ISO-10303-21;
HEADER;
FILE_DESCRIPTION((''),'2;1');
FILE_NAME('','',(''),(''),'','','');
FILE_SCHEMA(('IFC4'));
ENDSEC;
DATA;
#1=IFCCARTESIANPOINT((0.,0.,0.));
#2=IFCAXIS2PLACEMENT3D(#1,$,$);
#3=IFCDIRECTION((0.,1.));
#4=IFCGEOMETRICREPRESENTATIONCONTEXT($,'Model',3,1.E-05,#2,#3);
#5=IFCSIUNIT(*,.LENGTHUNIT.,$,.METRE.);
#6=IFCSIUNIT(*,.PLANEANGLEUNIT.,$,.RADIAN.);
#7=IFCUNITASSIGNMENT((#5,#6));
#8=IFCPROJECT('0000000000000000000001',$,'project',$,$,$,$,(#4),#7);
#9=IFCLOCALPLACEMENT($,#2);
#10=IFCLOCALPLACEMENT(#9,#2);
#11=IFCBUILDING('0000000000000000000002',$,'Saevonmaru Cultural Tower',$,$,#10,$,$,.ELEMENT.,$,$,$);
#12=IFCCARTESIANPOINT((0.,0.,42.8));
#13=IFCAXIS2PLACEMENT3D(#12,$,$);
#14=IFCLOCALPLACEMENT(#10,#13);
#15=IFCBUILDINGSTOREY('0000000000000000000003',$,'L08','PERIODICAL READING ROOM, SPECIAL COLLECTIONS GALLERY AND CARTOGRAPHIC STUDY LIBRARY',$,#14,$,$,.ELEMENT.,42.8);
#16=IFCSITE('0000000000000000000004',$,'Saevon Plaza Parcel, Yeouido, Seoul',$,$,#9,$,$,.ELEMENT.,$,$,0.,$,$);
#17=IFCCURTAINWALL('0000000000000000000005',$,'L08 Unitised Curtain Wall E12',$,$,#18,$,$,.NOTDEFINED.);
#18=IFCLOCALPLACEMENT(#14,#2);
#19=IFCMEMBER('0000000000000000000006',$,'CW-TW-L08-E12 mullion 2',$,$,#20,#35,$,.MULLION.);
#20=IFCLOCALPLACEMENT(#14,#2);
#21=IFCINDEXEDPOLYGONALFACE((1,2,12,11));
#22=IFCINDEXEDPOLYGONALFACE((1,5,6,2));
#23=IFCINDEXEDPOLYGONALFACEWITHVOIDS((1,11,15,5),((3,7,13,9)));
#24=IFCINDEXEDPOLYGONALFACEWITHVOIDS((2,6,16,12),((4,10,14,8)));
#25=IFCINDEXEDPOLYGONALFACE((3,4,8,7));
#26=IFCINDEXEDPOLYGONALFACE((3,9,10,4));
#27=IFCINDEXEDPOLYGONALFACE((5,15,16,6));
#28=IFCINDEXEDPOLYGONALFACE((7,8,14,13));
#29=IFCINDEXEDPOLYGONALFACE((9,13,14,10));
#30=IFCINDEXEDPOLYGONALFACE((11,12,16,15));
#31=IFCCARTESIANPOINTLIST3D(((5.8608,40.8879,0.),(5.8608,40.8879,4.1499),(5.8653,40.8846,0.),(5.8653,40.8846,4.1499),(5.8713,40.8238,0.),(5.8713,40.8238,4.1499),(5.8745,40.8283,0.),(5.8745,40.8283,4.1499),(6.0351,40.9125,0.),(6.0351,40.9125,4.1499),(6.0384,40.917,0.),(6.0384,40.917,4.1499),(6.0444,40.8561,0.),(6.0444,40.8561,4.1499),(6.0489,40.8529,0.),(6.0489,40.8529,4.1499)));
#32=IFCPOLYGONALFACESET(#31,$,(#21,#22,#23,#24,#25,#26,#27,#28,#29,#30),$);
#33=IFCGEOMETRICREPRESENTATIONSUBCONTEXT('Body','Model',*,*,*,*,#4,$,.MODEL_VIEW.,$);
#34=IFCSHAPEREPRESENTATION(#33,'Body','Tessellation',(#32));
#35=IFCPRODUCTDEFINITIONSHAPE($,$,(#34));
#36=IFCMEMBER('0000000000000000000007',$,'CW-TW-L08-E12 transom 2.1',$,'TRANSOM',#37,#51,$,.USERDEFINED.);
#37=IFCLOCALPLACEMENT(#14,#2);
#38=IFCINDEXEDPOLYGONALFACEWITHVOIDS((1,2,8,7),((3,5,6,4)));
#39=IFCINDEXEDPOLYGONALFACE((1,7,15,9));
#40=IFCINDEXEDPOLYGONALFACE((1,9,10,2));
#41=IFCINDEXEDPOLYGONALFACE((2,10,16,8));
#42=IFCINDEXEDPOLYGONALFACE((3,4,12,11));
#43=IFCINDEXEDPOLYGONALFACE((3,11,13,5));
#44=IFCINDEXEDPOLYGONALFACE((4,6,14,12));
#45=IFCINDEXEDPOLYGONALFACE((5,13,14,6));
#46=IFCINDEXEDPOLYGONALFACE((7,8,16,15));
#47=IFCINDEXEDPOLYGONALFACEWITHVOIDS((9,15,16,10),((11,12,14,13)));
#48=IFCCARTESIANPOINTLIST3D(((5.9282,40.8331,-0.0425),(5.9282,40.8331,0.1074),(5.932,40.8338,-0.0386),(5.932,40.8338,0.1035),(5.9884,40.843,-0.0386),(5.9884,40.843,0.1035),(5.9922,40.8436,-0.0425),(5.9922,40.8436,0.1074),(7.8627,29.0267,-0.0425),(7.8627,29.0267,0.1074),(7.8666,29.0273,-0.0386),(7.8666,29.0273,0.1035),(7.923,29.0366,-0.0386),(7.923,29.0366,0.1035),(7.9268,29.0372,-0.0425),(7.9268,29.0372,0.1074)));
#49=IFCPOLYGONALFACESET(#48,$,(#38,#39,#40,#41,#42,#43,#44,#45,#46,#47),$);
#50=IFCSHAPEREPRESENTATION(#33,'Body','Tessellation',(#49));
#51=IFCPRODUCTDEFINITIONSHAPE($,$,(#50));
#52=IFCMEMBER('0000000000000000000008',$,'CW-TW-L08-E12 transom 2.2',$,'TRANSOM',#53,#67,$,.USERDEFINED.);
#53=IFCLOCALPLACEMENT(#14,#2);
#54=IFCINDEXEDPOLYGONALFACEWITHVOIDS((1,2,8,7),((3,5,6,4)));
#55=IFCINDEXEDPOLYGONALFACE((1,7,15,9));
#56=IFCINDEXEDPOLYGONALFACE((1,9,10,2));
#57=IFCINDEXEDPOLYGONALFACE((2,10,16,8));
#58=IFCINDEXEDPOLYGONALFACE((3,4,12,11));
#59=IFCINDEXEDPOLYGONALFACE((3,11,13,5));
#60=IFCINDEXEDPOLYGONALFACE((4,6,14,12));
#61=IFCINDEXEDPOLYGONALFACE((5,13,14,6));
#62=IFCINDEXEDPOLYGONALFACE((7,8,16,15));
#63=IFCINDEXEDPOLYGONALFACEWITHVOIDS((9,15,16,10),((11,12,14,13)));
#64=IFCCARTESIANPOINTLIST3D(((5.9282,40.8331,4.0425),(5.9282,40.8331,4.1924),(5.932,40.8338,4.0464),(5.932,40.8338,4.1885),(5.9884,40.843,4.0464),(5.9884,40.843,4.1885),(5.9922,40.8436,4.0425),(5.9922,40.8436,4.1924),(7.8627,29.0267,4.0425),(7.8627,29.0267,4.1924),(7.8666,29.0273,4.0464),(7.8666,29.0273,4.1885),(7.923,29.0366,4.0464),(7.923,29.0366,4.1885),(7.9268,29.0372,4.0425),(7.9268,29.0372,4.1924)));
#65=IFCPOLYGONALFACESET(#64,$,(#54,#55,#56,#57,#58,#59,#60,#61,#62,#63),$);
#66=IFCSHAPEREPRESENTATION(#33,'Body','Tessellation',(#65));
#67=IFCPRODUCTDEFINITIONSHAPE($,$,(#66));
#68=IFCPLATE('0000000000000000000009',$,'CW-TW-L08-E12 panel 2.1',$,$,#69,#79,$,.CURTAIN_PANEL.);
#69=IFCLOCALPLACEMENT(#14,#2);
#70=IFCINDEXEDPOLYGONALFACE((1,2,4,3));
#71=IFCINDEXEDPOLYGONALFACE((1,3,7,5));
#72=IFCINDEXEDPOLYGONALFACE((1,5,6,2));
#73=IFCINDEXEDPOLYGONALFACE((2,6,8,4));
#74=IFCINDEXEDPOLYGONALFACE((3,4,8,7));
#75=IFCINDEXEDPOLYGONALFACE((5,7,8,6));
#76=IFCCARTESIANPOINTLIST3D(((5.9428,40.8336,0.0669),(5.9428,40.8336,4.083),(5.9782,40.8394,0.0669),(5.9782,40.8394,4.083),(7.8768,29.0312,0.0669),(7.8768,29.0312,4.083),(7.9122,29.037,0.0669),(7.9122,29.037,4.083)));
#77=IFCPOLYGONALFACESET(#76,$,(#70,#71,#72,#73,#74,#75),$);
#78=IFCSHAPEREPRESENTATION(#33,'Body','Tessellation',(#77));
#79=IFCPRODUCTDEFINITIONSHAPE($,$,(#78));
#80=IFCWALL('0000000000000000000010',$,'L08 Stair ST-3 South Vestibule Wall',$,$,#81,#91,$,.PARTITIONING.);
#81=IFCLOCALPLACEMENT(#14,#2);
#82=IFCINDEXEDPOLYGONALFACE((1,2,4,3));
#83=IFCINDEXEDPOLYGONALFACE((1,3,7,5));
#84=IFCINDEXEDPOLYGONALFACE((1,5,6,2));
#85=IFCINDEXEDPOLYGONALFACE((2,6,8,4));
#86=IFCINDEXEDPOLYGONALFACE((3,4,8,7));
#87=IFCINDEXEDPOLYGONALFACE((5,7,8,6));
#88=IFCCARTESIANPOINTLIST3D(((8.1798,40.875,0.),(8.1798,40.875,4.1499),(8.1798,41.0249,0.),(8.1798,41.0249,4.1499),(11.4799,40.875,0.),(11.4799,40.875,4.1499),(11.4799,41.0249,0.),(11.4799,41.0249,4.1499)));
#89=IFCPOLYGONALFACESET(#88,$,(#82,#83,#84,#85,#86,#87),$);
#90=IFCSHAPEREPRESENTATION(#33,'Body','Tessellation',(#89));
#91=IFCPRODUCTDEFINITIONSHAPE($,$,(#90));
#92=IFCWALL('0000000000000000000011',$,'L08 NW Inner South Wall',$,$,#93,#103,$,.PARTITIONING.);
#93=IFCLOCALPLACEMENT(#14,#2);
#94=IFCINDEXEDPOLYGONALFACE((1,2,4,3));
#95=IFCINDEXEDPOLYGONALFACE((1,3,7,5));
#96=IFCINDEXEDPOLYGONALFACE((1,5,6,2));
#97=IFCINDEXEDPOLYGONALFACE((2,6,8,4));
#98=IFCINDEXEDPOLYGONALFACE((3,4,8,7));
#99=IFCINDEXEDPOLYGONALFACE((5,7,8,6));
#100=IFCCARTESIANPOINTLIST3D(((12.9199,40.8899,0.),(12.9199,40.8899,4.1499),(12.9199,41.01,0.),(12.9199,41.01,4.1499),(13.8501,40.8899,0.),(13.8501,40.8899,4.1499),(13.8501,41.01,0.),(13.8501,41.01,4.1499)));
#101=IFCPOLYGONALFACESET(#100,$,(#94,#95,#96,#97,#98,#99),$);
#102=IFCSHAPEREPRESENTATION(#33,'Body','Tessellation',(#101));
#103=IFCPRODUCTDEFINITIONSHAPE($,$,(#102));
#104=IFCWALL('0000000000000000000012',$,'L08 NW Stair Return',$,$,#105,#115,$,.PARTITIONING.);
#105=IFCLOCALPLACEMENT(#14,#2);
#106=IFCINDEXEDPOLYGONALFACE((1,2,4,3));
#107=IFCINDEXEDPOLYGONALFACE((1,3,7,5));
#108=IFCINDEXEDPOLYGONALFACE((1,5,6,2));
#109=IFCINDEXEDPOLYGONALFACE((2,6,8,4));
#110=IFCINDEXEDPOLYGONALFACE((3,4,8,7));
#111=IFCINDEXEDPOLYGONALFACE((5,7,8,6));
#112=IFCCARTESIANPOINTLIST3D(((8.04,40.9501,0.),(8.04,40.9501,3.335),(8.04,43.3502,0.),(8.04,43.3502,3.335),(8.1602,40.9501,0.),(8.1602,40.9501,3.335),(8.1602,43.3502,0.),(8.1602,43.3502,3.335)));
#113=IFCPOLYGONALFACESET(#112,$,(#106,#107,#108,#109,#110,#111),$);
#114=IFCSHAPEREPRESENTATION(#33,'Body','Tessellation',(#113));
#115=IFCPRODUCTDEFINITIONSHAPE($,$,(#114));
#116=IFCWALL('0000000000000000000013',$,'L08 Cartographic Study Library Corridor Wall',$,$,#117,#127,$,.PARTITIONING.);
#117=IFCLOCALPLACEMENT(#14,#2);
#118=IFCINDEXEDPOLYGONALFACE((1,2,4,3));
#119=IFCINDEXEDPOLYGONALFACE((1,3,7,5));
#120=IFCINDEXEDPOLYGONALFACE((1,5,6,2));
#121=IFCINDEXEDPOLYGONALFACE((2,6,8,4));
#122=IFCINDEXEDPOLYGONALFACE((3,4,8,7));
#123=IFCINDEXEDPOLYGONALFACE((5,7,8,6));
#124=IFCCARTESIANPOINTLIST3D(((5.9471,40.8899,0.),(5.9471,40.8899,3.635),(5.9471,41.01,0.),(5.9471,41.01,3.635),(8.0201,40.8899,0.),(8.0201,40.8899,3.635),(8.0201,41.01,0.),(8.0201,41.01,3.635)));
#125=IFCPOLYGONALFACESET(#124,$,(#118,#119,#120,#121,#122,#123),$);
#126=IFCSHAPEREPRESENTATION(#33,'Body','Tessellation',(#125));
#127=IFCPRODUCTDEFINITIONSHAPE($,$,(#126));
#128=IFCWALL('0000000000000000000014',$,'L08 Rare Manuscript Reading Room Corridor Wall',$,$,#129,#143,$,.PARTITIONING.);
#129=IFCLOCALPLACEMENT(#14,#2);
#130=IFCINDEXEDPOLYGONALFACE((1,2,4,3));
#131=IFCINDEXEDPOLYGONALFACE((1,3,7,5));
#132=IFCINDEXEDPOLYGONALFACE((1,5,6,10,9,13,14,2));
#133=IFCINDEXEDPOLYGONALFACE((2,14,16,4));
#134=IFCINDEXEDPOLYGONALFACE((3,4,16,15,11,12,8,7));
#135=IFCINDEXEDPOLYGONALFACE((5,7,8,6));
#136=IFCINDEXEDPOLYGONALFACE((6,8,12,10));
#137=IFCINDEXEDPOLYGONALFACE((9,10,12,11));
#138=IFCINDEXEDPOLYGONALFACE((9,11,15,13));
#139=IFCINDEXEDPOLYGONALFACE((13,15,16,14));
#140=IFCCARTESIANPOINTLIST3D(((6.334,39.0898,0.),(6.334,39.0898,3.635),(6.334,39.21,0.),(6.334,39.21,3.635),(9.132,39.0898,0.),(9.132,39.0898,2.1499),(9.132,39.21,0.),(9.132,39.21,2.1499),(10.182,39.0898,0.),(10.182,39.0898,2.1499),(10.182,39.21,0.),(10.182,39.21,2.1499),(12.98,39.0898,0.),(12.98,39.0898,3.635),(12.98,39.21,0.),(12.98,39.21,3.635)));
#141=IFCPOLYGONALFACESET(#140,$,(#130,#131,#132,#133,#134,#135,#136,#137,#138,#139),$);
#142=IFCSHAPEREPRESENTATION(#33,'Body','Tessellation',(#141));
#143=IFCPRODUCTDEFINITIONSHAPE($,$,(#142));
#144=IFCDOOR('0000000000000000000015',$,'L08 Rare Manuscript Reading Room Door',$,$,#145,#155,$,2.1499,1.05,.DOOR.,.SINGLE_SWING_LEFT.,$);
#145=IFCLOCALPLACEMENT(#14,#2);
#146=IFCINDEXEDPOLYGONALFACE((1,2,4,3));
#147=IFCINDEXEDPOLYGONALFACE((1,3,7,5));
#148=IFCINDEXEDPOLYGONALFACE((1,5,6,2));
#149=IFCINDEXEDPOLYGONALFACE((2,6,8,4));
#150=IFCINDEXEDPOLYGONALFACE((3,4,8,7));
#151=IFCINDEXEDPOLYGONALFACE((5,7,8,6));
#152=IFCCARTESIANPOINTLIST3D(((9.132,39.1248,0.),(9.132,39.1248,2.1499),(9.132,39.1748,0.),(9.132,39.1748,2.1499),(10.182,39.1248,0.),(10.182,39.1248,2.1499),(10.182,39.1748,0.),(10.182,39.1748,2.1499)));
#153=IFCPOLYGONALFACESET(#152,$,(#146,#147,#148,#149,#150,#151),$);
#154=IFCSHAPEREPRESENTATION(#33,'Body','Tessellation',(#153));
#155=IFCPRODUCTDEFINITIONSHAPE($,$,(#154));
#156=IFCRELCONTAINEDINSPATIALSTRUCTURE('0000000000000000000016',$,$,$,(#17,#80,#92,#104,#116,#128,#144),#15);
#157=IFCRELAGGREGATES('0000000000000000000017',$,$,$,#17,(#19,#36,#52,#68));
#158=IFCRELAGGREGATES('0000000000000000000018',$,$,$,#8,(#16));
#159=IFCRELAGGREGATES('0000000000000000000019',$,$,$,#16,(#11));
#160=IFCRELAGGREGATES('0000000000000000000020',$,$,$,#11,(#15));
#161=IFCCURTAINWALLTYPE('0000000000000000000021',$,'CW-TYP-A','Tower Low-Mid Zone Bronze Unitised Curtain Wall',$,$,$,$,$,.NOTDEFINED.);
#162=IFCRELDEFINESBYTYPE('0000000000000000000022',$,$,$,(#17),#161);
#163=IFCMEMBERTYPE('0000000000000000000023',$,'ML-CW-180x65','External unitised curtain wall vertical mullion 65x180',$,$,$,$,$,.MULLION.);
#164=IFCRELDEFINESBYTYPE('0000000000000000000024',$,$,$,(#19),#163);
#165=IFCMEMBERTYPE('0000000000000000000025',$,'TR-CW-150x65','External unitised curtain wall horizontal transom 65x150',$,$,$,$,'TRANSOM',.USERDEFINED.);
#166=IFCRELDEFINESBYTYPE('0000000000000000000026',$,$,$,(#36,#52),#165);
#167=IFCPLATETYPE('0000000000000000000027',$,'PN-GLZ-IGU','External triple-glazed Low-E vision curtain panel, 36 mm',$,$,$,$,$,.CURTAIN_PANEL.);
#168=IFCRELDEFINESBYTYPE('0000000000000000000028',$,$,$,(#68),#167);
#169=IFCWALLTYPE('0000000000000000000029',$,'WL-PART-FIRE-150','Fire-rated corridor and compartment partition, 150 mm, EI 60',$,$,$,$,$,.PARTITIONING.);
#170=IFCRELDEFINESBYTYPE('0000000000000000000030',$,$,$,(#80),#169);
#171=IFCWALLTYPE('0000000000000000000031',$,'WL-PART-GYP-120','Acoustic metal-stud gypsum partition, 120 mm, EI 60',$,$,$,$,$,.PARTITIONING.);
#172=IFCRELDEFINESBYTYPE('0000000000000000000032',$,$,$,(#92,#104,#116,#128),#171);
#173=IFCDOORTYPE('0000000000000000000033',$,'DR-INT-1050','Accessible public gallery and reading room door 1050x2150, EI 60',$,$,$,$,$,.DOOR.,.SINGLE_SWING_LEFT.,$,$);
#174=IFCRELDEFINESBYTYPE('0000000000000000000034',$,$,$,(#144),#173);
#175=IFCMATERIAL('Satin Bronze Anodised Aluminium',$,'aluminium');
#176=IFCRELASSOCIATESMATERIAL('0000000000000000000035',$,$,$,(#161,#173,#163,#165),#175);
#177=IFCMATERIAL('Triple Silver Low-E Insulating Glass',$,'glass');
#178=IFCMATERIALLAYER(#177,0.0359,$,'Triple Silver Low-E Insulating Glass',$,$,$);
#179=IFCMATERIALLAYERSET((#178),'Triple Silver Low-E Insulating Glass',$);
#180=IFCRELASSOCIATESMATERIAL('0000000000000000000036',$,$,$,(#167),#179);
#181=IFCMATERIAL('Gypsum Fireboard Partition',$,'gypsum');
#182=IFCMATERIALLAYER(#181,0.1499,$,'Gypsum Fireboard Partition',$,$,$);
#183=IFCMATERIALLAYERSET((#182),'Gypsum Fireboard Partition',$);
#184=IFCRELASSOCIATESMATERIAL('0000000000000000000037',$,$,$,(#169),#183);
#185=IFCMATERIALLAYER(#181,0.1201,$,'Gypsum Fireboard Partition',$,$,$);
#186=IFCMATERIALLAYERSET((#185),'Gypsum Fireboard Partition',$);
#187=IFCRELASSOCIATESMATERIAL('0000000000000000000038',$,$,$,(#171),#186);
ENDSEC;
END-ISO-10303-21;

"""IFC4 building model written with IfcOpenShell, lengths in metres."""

from ifc_helpers import new_model, si_unit, direction, frame, frame_2d, origin, origin_2d, place, context, subcontext, project, spatial, rectangle, hollow_rectangle, extrude, material, layer, layer_set, material_profile, profile_set, type_object, element, fill, aggregate, save


model = new_model("IFC4")

# Units and contexts
model_context = context("Model", 3, precision=1e-05, world=origin(), true_north=direction((0.0, 1.0)))
body_context = subcontext(model_context, "Body", "Model", "MODEL_VIEW")
ifc_project = project(units=[si_unit("LENGTHUNIT", "METRE"), si_unit("PLANEANGLEUNIT", "RADIAN")], contexts=[model_context])

# Site, building, storey
site_placement = place(None, origin())
site = spatial("IfcSite", under=ifc_project, at=site_placement, Name="Saevon Plaza Parcel, Yeouido, Seoul", CompositionType="ELEMENT", RefElevation=0.0)
building_placement = place(site_placement, origin())
building = spatial("IfcBuilding", under=site, at=building_placement, Name="Saevonmaru Cultural Tower", CompositionType="ELEMENT")
storey_placement = place(building_placement, frame((0.0, 0.0, 42.8)))
storey = spatial("IfcBuildingStorey", under=building, at=storey_placement, Name="L08", Description="PERIODICAL READING ROOM, SPECIAL COLLECTIONS GALLERY AND CARTOGRAPHIC STUDY LIBRARY", CompositionType="ELEMENT", Elevation=42.8)

# Curtain wall, members, plate
ifc_material_1 = material(Name="Satin Bronze Anodised Aluminium", Category="aluminium")
curtain_wall_type = type_object("IfcCurtainWallType", Name="CW-TYP-A", Description="Tower Low-Mid Zone Bronze Unitised Curtain Wall", PredefinedType="NOTDEFINED", material=ifc_material_1)
curtain_wall_placement = place(storey_placement, origin())
curtain_wall = element("IfcCurtainWall", 1, at=curtain_wall_placement, inside=storey, type_object=curtain_wall_type, Name="L08 Unitised Curtain Wall E12", PredefinedType="NOTDEFINED")
ifc_material_profile_1 = material_profile(ifc_material_1, hollow_rectangle(XDim=0.0649, YDim=0.1799, WallThickness=0.0039, at=origin_2d()), Name="ALU-MULL-180x65x4")
ifc_profile_set_1 = profile_set([ifc_material_profile_1], Name="Satin Bronze Anodised Aluminium")
member_type_1 = type_object("IfcMemberType", Name="ML-CW-180x65", Description="External unitised curtain wall vertical mullion 65x180", PredefinedType="MULLION", material=ifc_profile_set_1)
member_1_placement = place(storey_placement, frame((5.9548, 40.8704, 0.0), z_axis=(0.0, 0.0, 1.0), x_axis=(0.161709, -0.986839, 0.0)))
member_1 = element("IfcMember", 2, at=member_1_placement, type_object=member_type_1, Name="CW-TW-L08-E12 mullion 2", PredefinedType="MULLION", context=body_context, shape_type="SweptSolid", body=[
    extrude(hollow_rectangle(XDim=0.0649, YDim=0.1799, WallThickness=0.0039, at=origin_2d()), origin(), (0.0, 0.0, 1.0), 4.1499),
])
ifc_material_profile_2 = material_profile(ifc_material_1, hollow_rectangle(XDim=0.0649, YDim=0.1499, WallThickness=0.0039, at=origin_2d()), Name="ALU-TRAN-150x65x4")
ifc_profile_set_2 = profile_set([ifc_material_profile_2], Name="Satin Bronze Anodised Aluminium")
member_type_2 = type_object("IfcMemberType", Name="TR-CW-150x65", Description="External unitised curtain wall horizontal transom 65x150", ElementType="TRANSOM", PredefinedType="USERDEFINED", material=ifc_profile_set_2)
member_2_placement = place(storey_placement, frame((5.9602, 40.8384, 0.0325), z_axis=(0.161701, -0.98684, 0.0), x_axis=(0.98684, 0.161701, 0.0)))
member_2 = element("IfcMember", 3, at=member_2_placement, type_object=member_type_2, Name="CW-TW-L08-E12 transom 2.1", ObjectType="TRANSOM", PredefinedType="USERDEFINED", context=body_context, shape_type="SweptSolid", body=[
    extrude(hollow_rectangle(XDim=0.0649, YDim=0.1499, WallThickness=0.0039, at=origin_2d()), origin(), (0.0, 0.0, 1.0), 11.9639),
])
member_3_placement = place(storey_placement, frame((5.9602, 40.8384, 4.1174), z_axis=(0.161701, -0.98684, 0.0), x_axis=(0.98684, 0.161701, 0.0)))
member_3 = element("IfcMember", 4, at=member_3_placement, type_object=member_type_2, Name="CW-TW-L08-E12 transom 2.2", ObjectType="TRANSOM", PredefinedType="USERDEFINED", context=body_context, shape_type="SweptSolid", body=[
    extrude(hollow_rectangle(XDim=0.0649, YDim=0.1499, WallThickness=0.0039, at=origin_2d()), origin(), (0.0, 0.0, 1.0), 11.9639),
])
ifc_material_2 = material(Name="Triple Silver Low-E Insulating Glass", Category="glass")
ifc_layer_1 = layer(ifc_material_2, 0.0359, Name="Triple Silver Low-E Insulating Glass")
ifc_layer_set_1 = layer_set([ifc_layer_1], Name="Triple Silver Low-E Insulating Glass")
plate_type = type_object("IfcPlateType", Name="PN-GLZ-IGU", Description="External triple-glazed Low-E vision curtain panel, 36 mm", PredefinedType="CURTAIN_PANEL", material=ifc_layer_set_1)
plate_placement = place(storey_placement, frame((6.9275, 34.9353, 0.0669), z_axis=(0.0, 0.0, 1.0), x_axis=(0.161709, -0.986839, 0.0)))
plate = element("IfcPlate", 5, at=plate_placement, type_object=plate_type, Name="CW-TW-L08-E12 panel 2.1", PredefinedType="CURTAIN_PANEL", context=body_context, shape_type="SweptSolid", body=[
    extrude(rectangle(XDim=11.9597, YDim=0.0359, at=origin_2d()), origin(), (0.0, 0.0, 1.0), 4.0161),
])
aggregate(curtain_wall, [member_1, member_2, member_3, plate])

# Walls
ifc_material_3 = material(Name="Gypsum Fireboard Partition", Category="gypsum")
ifc_layer_2 = layer(ifc_material_3, 0.1499, Name="Gypsum Fireboard Partition")
ifc_layer_set_2 = layer_set([ifc_layer_2], Name="Gypsum Fireboard Partition")
wall_type_1 = type_object("IfcWallType", Name="WL-PART-FIRE-150", Description="Fire-rated corridor and compartment partition, 150 mm, EI 60", PredefinedType="PARTITIONING", material=ifc_layer_set_2)
wall_1_placement = place(storey_placement, frame((8.1799, 40.95, 0.0), z_axis=(0.0, 0.0, 1.0), x_axis=(1.0, 0.0, 0.0)))
element("IfcWall", 6, at=wall_1_placement, inside=storey, type_object=wall_type_1, Name="L08 Stair ST-3 South Vestibule Wall", PredefinedType="PARTITIONING", context=body_context, shape_type="SweptSolid", body=[
    extrude(rectangle(XDim=3.3, YDim=0.1499, at=frame_2d((1.6499, 0.0))), origin(), (0.0, 0.0, 1.0), 4.1499),
])
ifc_layer_3 = layer(ifc_material_3, 0.1201, Name="Gypsum Fireboard Partition")
ifc_layer_set_3 = layer_set([ifc_layer_3], Name="Gypsum Fireboard Partition")
wall_type_2 = type_object("IfcWallType", Name="WL-PART-GYP-120", Description="Acoustic metal-stud gypsum partition, 120 mm, EI 60", PredefinedType="PARTITIONING", material=ifc_layer_set_3)
wall_2_placement = place(storey_placement, frame((12.9199, 40.95, 0.0), z_axis=(0.0, 0.0, 1.0), x_axis=(1.0, 0.0, 0.0)))
element("IfcWall", 7, at=wall_2_placement, inside=storey, type_object=wall_type_2, Name="L08 NW Inner South Wall", PredefinedType="PARTITIONING", context=body_context, shape_type="SweptSolid", body=[
    extrude(rectangle(XDim=0.9302, YDim=0.1201, at=frame_2d((0.4651, 0.0))), origin(), (0.0, 0.0, 1.0), 4.1499),
])
wall_3_placement = place(storey_placement, frame((8.1001, 40.95, 0.0), z_axis=(0.0, 0.0, 1.0), x_axis=(0.0, 1.0, 0.0)))
element("IfcWall", 8, at=wall_3_placement, inside=storey, type_object=wall_type_2, Name="L08 NW Stair Return", PredefinedType="PARTITIONING", context=body_context, shape_type="SweptSolid", body=[
    extrude(rectangle(XDim=2.4001, YDim=0.1201, at=frame_2d((1.2002, 0.0))), origin(), (0.0, 0.0, 1.0), 3.335),
])
wall_4_placement = place(storey_placement, frame((5.947, 40.95, 0.0), z_axis=(0.0, 0.0, 1.0), x_axis=(1.0, 0.0, 0.0)))
element("IfcWall", 9, at=wall_4_placement, inside=storey, type_object=wall_type_2, Name="L08 Cartographic Study Library Corridor Wall", PredefinedType="PARTITIONING", context=body_context, shape_type="SweptSolid", body=[
    extrude(rectangle(XDim=2.073, YDim=0.1201, at=frame_2d((1.0366, 0.0))), origin(), (0.0, 0.0, 1.0), 3.635),
])

# Wall, opening, door
wall_5_placement = place(storey_placement, frame((6.334, 39.1499, 0.0), z_axis=(0.0, 0.0, 1.0), x_axis=(1.0, 0.0, 0.0)))
wall_5 = element("IfcWall", 10, at=wall_5_placement, inside=storey, type_object=wall_type_2, Name="L08 Rare Manuscript Reading Room Corridor Wall", PredefinedType="PARTITIONING", context=body_context, shape_type="SweptSolid", body=[
    extrude(rectangle(XDim=6.646, YDim=0.1201, at=frame_2d((3.323, 0.0))), origin(), (0.0, 0.0, 1.0), 3.635),
])
opening_1_placement = place(wall_5_placement, frame((2.7981, 0.0, 0.0)))
opening_1 = element("IfcOpeningElement", 11, at=opening_1_placement, cuts=wall_5, PredefinedType="OPENING", context=body_context, shape_type="SweptSolid", body=[
    extrude(rectangle(XDim=1.05, YDim=2.1499, at=frame_2d((0.5249, 1.075))), frame((0.0, 0.0701, 0.0), z_axis=(0.0, -1.0, 0.0), x_axis=(1.0, 0.0, 0.0)), (0.0, 0.0, 1.0), 0.1401),
])
door_type_1 = type_object("IfcDoorType", Name="DR-INT-1050", Description="Accessible public gallery and reading room door 1050x2150, EI 60", OperationType="SINGLE_SWING_LEFT", PredefinedType="DOOR", material=ifc_material_1)
door_1_placement = place(opening_1_placement, origin())
door_1 = element("IfcDoor", 12, at=door_1_placement, inside=storey, type_object=door_type_1, Name="L08 Rare Manuscript Reading Room Door", OperationType="SINGLE_SWING_LEFT", OverallHeight=2.1499, OverallWidth=1.05, PredefinedType="DOOR", context=body_context, shape_type="SweptSolid", body=[
    extrude(rectangle(XDim=1.05, YDim=2.1499, at=frame_2d((0.5249, 1.075))), frame((0.0, 0.0249, 0.0), z_axis=(0.0, -1.0, 0.0), x_axis=(1.0, 0.0, 0.0)), (0.0, 0.0, 1.0), 0.05),
])
fill(opening_1, door_1)

save(model, "model.ifc")
